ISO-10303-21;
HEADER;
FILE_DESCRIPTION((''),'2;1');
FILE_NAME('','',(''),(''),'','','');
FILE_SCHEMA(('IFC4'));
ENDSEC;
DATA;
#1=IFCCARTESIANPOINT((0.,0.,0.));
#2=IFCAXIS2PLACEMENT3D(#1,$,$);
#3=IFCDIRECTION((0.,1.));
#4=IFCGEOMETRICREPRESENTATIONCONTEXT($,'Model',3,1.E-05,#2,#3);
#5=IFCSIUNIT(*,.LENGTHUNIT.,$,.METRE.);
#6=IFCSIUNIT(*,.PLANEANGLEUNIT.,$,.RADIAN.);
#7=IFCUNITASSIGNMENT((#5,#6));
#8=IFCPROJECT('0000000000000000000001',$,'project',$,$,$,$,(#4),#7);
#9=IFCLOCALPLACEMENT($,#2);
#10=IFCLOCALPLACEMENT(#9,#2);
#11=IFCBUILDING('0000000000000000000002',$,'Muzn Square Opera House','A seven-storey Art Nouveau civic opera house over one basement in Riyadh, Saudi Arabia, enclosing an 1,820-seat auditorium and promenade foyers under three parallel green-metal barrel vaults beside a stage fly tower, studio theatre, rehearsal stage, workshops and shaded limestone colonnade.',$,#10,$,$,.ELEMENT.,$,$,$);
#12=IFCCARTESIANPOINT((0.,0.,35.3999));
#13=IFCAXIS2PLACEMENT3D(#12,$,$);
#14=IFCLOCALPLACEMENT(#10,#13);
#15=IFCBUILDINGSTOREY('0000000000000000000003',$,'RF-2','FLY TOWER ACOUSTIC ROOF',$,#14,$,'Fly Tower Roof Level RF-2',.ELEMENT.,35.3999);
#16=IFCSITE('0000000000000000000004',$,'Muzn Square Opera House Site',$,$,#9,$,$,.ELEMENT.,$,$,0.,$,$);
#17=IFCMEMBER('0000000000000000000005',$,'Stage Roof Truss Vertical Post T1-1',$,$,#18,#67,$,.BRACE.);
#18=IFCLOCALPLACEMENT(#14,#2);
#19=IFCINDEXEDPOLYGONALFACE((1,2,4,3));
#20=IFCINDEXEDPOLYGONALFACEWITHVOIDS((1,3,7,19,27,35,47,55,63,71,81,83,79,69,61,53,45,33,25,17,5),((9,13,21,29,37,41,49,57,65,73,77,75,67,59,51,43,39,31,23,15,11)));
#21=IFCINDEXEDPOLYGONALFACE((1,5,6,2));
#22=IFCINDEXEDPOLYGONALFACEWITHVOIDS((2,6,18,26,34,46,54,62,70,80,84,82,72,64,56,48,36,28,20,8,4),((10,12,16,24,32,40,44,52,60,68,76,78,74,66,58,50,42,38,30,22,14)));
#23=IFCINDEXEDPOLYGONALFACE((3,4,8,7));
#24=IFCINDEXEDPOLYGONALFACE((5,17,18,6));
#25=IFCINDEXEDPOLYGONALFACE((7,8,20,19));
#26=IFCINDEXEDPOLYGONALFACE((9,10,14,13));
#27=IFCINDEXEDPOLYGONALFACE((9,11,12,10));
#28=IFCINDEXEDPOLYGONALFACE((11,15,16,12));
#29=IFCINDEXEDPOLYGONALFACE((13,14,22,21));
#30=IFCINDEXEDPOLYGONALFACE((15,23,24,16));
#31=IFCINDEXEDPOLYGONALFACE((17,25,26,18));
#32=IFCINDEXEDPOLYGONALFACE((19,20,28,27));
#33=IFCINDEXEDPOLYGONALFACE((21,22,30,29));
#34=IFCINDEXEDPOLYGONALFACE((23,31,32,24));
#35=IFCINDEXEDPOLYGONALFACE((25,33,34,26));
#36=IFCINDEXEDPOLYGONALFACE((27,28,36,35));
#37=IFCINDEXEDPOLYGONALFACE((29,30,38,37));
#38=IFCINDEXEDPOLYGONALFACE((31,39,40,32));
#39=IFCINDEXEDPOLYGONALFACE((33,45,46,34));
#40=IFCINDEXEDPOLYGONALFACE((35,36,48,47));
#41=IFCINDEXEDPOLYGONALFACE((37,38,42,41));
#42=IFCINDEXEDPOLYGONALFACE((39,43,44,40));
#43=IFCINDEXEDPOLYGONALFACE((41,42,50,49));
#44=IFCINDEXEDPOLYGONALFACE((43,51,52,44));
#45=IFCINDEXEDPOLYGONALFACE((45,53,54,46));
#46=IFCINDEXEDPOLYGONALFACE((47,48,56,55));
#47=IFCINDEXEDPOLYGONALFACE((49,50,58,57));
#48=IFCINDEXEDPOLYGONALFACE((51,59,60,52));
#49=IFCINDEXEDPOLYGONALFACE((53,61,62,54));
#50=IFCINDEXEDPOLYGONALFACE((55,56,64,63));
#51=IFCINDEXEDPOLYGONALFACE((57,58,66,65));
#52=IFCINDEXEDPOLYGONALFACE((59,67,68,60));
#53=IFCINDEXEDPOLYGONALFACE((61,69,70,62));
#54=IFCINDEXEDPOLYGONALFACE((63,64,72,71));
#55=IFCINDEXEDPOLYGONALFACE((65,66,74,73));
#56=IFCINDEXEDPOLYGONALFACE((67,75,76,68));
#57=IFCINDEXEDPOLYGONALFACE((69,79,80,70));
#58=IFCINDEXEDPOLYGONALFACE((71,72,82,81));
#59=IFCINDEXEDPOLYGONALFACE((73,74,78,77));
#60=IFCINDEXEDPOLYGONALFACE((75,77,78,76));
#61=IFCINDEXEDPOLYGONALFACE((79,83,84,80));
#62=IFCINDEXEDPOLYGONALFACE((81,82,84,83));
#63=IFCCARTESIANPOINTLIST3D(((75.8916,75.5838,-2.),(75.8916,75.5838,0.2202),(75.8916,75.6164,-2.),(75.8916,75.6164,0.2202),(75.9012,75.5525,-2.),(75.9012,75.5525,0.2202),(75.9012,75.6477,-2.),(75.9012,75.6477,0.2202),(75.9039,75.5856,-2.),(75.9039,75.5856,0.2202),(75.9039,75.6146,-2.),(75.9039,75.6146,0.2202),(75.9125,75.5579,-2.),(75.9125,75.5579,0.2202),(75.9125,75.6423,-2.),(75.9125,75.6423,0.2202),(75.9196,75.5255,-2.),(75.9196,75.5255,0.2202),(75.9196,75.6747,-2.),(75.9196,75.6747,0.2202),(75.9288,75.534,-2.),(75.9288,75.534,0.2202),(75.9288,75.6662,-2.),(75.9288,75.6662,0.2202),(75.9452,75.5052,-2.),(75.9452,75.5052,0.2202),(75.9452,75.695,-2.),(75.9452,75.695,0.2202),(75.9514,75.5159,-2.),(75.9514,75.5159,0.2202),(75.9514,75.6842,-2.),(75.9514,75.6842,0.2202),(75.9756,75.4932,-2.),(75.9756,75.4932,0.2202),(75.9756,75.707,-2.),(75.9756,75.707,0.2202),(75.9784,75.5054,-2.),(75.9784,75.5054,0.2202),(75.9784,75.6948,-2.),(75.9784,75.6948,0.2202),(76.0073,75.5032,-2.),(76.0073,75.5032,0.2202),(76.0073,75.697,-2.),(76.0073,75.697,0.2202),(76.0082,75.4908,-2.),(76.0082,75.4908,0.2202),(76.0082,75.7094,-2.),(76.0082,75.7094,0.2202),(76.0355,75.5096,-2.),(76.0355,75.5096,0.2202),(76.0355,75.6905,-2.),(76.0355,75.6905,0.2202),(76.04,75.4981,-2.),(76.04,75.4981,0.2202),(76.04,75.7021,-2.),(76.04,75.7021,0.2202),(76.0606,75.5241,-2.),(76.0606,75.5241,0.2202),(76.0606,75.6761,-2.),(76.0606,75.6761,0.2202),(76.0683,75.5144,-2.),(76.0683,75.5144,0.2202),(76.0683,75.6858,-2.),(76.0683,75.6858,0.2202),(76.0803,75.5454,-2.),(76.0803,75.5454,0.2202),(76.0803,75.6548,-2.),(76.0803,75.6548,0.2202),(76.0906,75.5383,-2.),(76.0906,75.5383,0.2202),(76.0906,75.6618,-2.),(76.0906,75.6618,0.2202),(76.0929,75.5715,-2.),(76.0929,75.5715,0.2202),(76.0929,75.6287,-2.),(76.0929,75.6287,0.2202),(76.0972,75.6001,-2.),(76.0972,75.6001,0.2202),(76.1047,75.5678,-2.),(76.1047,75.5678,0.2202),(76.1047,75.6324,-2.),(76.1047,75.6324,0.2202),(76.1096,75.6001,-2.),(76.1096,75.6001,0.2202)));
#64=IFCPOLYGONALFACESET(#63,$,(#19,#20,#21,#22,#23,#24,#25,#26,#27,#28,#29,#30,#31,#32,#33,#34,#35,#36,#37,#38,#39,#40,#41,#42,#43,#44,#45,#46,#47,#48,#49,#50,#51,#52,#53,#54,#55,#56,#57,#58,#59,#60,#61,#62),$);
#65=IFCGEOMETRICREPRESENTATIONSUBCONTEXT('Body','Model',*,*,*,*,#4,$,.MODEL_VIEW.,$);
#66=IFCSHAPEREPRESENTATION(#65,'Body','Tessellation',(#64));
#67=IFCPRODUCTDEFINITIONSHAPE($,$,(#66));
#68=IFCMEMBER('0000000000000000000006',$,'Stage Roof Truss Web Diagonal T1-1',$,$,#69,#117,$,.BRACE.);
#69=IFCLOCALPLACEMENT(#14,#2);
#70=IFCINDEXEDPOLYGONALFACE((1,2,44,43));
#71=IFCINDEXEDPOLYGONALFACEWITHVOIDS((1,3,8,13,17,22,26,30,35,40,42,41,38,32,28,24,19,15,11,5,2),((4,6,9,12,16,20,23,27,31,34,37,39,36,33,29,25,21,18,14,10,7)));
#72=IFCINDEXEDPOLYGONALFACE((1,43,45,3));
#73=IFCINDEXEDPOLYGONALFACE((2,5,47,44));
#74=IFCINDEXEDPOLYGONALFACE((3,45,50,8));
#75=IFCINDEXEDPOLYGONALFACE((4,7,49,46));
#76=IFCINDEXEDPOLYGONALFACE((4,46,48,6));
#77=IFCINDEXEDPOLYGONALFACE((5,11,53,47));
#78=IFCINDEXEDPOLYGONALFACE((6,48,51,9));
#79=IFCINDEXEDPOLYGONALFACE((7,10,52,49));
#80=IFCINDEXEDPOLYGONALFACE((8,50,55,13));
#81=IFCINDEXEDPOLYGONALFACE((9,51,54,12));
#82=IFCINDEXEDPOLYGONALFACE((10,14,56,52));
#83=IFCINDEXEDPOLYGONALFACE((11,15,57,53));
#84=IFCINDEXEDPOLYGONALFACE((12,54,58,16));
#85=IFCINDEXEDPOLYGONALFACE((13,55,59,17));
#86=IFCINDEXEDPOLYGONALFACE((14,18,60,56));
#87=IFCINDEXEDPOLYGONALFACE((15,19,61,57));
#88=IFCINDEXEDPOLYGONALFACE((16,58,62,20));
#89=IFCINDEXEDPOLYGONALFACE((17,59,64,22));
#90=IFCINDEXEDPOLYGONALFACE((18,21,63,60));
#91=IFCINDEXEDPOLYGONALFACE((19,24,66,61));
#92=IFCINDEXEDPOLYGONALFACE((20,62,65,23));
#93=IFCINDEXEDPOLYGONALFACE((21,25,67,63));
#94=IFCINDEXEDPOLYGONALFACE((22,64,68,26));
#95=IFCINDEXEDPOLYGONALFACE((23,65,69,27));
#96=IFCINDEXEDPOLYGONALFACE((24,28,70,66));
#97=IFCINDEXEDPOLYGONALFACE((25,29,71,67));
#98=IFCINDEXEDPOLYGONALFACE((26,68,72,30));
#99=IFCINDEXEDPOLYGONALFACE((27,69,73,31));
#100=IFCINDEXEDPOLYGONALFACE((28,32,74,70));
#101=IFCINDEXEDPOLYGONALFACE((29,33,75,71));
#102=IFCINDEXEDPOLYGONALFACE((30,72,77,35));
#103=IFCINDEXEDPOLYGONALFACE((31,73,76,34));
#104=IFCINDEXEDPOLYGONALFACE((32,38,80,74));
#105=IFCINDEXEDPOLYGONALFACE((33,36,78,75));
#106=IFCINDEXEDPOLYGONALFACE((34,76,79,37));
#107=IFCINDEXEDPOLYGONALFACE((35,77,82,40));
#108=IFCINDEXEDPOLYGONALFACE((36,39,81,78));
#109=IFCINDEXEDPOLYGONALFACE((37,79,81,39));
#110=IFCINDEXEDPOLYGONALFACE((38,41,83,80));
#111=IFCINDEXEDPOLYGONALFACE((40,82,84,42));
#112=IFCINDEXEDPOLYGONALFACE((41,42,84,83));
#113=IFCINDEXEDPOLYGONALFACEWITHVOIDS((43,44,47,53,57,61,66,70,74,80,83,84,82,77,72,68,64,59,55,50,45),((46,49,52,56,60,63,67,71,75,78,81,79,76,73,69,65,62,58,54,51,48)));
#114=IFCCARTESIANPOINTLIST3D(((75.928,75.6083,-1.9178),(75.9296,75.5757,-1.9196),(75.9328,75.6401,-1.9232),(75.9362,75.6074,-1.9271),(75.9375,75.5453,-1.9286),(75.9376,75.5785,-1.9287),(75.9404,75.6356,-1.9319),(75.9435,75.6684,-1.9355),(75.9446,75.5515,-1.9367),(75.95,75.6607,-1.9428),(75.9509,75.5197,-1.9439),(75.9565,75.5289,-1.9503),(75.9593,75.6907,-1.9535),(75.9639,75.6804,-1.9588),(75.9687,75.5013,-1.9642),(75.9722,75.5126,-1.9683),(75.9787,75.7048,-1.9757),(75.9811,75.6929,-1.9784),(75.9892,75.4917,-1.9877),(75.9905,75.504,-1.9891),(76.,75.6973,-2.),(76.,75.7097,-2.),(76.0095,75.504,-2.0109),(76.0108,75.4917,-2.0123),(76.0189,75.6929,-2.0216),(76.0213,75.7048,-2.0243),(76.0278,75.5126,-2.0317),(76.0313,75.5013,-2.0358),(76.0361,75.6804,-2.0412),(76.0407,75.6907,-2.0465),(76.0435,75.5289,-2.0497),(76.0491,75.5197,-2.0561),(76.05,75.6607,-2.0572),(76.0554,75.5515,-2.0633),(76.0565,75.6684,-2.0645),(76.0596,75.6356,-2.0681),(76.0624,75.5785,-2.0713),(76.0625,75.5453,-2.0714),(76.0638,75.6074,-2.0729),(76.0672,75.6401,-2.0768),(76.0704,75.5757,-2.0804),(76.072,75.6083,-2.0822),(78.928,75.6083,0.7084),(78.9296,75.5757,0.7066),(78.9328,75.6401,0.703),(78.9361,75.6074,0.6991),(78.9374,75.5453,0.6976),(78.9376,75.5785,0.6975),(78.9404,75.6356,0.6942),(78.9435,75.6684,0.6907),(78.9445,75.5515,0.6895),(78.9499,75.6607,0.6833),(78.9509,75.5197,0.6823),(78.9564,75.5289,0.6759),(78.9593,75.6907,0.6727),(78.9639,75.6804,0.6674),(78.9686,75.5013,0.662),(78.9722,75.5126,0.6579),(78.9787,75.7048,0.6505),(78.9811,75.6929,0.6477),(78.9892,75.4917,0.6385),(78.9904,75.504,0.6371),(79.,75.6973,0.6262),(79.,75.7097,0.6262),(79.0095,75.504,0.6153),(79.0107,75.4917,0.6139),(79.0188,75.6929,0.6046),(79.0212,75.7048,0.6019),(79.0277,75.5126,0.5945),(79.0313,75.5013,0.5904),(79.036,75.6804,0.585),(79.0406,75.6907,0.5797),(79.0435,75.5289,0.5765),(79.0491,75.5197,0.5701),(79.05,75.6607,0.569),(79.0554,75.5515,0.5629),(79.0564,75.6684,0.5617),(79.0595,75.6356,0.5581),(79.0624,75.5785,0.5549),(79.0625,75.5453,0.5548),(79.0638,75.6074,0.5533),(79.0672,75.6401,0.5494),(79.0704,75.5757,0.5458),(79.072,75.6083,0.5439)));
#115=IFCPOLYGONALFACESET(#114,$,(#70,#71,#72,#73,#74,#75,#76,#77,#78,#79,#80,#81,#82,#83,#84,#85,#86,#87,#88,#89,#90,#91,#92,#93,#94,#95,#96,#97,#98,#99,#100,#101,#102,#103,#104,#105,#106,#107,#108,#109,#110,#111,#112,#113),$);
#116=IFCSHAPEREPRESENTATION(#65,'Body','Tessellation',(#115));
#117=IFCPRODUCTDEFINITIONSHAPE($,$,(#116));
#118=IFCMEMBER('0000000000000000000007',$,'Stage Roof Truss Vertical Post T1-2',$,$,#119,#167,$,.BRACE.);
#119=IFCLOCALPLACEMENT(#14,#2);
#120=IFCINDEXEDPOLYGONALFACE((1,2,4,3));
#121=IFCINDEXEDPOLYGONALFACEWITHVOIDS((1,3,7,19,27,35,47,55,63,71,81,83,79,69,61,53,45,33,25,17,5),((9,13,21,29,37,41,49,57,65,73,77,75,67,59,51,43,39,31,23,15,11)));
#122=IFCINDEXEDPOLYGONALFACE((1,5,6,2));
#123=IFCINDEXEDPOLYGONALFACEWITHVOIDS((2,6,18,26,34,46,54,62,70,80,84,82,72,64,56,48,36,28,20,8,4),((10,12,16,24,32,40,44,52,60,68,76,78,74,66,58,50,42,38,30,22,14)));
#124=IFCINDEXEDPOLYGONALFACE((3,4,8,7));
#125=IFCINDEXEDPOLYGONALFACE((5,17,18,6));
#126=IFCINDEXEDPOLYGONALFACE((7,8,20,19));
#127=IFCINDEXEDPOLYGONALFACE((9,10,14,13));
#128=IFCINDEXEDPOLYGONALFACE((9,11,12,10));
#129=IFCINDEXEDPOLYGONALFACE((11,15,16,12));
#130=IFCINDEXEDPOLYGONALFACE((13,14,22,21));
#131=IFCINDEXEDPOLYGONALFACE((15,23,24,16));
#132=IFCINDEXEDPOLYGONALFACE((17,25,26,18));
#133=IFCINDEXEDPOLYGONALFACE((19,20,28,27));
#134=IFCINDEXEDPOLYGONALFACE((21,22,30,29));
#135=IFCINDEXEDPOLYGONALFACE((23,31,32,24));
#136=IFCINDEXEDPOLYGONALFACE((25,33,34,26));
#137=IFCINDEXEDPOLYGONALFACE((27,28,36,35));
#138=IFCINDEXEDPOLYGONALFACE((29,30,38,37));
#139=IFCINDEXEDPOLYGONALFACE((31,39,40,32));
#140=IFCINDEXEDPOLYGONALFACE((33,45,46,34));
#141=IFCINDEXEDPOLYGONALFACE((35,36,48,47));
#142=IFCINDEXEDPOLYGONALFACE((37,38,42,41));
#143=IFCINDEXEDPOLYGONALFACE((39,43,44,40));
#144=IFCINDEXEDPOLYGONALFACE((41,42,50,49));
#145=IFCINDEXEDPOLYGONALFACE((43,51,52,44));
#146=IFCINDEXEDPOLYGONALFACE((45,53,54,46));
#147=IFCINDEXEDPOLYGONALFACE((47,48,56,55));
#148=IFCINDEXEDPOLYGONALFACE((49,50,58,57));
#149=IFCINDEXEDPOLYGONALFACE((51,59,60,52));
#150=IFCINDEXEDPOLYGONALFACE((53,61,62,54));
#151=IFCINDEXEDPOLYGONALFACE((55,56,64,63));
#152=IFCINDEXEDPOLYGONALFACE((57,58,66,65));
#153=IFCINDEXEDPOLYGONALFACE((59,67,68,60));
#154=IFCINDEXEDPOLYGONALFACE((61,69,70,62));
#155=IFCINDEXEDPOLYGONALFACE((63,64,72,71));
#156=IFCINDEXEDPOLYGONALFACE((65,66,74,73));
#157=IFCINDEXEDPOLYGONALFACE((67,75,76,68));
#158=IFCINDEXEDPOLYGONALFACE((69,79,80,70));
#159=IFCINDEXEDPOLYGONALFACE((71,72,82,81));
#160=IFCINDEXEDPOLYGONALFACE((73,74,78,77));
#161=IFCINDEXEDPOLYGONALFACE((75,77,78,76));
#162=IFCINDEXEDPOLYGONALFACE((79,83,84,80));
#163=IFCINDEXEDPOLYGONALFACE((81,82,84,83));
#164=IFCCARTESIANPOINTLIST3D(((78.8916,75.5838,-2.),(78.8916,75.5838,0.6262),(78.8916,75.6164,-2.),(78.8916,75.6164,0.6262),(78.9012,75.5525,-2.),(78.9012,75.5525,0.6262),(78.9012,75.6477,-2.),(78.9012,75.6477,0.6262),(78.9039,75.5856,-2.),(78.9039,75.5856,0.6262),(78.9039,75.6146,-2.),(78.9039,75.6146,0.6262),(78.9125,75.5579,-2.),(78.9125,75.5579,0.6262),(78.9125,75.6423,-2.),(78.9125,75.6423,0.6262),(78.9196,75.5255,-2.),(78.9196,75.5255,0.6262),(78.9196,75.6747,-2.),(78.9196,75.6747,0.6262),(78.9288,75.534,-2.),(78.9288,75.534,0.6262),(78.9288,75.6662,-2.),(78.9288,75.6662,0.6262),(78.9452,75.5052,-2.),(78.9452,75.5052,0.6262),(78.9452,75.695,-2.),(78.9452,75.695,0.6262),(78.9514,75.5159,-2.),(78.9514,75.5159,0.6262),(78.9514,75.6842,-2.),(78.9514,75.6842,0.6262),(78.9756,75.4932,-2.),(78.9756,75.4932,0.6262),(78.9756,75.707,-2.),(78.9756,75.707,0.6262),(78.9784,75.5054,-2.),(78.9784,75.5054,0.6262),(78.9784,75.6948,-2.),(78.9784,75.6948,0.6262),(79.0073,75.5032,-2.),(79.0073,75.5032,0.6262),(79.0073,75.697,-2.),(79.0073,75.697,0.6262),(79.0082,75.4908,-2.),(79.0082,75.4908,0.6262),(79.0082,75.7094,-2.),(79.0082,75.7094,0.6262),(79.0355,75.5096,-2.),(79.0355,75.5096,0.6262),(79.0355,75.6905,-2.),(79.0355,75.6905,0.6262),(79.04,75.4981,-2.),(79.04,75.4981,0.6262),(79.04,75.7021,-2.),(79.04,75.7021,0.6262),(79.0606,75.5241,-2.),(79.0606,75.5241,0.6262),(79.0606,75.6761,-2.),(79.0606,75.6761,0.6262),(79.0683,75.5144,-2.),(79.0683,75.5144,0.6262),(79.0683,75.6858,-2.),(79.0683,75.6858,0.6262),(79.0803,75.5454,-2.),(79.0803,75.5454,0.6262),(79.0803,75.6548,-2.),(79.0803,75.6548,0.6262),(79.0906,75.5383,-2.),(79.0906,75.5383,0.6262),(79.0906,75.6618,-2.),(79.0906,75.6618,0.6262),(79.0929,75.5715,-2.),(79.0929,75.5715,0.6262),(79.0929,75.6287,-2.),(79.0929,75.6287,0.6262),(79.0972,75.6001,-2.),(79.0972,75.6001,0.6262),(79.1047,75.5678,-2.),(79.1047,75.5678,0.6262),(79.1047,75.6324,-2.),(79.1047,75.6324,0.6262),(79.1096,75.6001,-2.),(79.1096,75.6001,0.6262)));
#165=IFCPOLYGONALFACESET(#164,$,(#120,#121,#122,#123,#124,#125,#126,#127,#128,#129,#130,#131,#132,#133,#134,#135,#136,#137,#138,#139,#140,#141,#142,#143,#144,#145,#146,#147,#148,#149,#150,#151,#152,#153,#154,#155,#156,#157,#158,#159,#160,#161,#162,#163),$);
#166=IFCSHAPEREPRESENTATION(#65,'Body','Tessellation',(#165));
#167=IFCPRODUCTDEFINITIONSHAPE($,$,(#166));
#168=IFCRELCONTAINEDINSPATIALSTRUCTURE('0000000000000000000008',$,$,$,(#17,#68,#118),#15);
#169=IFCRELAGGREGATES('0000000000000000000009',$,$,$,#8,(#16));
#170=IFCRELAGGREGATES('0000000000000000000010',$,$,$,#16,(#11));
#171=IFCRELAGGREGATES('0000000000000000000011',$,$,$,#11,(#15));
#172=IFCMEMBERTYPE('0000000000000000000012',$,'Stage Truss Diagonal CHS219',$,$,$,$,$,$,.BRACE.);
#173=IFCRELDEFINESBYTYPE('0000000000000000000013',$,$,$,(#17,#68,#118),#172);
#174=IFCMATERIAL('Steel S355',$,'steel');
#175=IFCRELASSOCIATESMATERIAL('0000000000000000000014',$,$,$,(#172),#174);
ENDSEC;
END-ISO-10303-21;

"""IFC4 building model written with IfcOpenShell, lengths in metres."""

from ifc_helpers import new_model, si_unit, direction, frame, origin, origin_2d, place, context, subcontext, project, spatial, hollow_circle, extrude, material, material_profile, profile_set, type_object, element, save


model = new_model("IFC4")

# Units and contexts
model_context = context("Model", 3, precision=1e-05, world=origin(), true_north=direction((0.0, 1.0)))
body_context = subcontext(model_context, "Body", "Model", "MODEL_VIEW")
ifc_project = project(units=[si_unit("LENGTHUNIT", "METRE"), si_unit("PLANEANGLEUNIT", "RADIAN")], contexts=[model_context])

# Site, building, storey
site_placement = place(None, origin())
site = spatial("IfcSite", under=ifc_project, at=site_placement, Name="Muzn Square Opera House Site", CompositionType="ELEMENT", RefElevation=0.0)
building_placement = place(site_placement, origin())
building = spatial("IfcBuilding", under=site, at=building_placement, Name="Muzn Square Opera House", Description="A seven-storey Art Nouveau civic opera house over one basement in Riyadh, Saudi Arabia, enclosing an 1,820-seat auditorium and promenade foyers under three parallel green-metal barrel vaults beside a stage fly tower, studio theatre, rehearsal stage, workshops and shaded limestone colonnade.", CompositionType="ELEMENT")
storey_placement = place(building_placement, frame((0.0, 0.0, 35.3999)))
storey = spatial("IfcBuildingStorey", under=building, at=storey_placement, Name="RF-2", Description="FLY TOWER ACOUSTIC ROOF", LongName="Fly Tower Roof Level RF-2", CompositionType="ELEMENT", Elevation=35.3999)

# Members
ifc_material = material(Name="Steel S355", Category="steel")
ifc_material_profile_1 = material_profile(ifc_material, hollow_circle(Radius=0.1096, WallThickness=0.0125, at=origin_2d()), Name="CHS 219.1x12.5", Category="steel")
ifc_profile_set_1 = profile_set([ifc_material_profile_1], Name="Steel S355")
member_type_1 = type_object("IfcMemberType", Name="Stage Truss Diagonal CHS219", PredefinedType="BRACE", material=ifc_profile_set_1)
member_1_placement = place(storey_placement, frame((76.0, 75.6001, -2.0), z_axis=(0.0, 0.0, 1.0), x_axis=(1.0, 0.0, 0.0)))
element("IfcMember", 1, at=member_1_placement, inside=storey, type_object=member_type_1, Name="Stage Roof Truss Vertical Post T1-1", PredefinedType="BRACE", context=body_context, shape_type="SweptSolid", body=[
    extrude(hollow_circle(Radius=0.1096, WallThickness=0.0125, at=origin_2d()), origin(), (0.0, 0.0, 1.0), 2.2202),
])
member_2_placement = place(storey_placement, frame((76.0, 75.6001, -2.0), z_axis=(0.752425, 0.0, 0.658678), x_axis=(0.0, 1.0, 0.0)))
element("IfcMember", 2, at=member_2_placement, inside=storey, type_object=member_type_1, Name="Stage Roof Truss Web Diagonal T1-1", PredefinedType="BRACE", context=body_context, shape_type="SweptSolid", body=[
    extrude(hollow_circle(Radius=0.1096, WallThickness=0.0125, at=origin_2d()), origin(), (0.0, 0.0, 1.0), 3.9871),
])
member_3_placement = place(storey_placement, frame((79.0, 75.6001, -2.0), z_axis=(0.0, 0.0, 1.0), x_axis=(1.0, 0.0, 0.0)))
element("IfcMember", 3, at=member_3_placement, inside=storey, type_object=member_type_1, Name="Stage Roof Truss Vertical Post T1-2", PredefinedType="BRACE", context=body_context, shape_type="SweptSolid", body=[
    extrude(hollow_circle(Radius=0.1096, WallThickness=0.0125, at=origin_2d()), origin(), (0.0, 0.0, 1.0), 2.6262),
])

save(model, "model.ifc")
